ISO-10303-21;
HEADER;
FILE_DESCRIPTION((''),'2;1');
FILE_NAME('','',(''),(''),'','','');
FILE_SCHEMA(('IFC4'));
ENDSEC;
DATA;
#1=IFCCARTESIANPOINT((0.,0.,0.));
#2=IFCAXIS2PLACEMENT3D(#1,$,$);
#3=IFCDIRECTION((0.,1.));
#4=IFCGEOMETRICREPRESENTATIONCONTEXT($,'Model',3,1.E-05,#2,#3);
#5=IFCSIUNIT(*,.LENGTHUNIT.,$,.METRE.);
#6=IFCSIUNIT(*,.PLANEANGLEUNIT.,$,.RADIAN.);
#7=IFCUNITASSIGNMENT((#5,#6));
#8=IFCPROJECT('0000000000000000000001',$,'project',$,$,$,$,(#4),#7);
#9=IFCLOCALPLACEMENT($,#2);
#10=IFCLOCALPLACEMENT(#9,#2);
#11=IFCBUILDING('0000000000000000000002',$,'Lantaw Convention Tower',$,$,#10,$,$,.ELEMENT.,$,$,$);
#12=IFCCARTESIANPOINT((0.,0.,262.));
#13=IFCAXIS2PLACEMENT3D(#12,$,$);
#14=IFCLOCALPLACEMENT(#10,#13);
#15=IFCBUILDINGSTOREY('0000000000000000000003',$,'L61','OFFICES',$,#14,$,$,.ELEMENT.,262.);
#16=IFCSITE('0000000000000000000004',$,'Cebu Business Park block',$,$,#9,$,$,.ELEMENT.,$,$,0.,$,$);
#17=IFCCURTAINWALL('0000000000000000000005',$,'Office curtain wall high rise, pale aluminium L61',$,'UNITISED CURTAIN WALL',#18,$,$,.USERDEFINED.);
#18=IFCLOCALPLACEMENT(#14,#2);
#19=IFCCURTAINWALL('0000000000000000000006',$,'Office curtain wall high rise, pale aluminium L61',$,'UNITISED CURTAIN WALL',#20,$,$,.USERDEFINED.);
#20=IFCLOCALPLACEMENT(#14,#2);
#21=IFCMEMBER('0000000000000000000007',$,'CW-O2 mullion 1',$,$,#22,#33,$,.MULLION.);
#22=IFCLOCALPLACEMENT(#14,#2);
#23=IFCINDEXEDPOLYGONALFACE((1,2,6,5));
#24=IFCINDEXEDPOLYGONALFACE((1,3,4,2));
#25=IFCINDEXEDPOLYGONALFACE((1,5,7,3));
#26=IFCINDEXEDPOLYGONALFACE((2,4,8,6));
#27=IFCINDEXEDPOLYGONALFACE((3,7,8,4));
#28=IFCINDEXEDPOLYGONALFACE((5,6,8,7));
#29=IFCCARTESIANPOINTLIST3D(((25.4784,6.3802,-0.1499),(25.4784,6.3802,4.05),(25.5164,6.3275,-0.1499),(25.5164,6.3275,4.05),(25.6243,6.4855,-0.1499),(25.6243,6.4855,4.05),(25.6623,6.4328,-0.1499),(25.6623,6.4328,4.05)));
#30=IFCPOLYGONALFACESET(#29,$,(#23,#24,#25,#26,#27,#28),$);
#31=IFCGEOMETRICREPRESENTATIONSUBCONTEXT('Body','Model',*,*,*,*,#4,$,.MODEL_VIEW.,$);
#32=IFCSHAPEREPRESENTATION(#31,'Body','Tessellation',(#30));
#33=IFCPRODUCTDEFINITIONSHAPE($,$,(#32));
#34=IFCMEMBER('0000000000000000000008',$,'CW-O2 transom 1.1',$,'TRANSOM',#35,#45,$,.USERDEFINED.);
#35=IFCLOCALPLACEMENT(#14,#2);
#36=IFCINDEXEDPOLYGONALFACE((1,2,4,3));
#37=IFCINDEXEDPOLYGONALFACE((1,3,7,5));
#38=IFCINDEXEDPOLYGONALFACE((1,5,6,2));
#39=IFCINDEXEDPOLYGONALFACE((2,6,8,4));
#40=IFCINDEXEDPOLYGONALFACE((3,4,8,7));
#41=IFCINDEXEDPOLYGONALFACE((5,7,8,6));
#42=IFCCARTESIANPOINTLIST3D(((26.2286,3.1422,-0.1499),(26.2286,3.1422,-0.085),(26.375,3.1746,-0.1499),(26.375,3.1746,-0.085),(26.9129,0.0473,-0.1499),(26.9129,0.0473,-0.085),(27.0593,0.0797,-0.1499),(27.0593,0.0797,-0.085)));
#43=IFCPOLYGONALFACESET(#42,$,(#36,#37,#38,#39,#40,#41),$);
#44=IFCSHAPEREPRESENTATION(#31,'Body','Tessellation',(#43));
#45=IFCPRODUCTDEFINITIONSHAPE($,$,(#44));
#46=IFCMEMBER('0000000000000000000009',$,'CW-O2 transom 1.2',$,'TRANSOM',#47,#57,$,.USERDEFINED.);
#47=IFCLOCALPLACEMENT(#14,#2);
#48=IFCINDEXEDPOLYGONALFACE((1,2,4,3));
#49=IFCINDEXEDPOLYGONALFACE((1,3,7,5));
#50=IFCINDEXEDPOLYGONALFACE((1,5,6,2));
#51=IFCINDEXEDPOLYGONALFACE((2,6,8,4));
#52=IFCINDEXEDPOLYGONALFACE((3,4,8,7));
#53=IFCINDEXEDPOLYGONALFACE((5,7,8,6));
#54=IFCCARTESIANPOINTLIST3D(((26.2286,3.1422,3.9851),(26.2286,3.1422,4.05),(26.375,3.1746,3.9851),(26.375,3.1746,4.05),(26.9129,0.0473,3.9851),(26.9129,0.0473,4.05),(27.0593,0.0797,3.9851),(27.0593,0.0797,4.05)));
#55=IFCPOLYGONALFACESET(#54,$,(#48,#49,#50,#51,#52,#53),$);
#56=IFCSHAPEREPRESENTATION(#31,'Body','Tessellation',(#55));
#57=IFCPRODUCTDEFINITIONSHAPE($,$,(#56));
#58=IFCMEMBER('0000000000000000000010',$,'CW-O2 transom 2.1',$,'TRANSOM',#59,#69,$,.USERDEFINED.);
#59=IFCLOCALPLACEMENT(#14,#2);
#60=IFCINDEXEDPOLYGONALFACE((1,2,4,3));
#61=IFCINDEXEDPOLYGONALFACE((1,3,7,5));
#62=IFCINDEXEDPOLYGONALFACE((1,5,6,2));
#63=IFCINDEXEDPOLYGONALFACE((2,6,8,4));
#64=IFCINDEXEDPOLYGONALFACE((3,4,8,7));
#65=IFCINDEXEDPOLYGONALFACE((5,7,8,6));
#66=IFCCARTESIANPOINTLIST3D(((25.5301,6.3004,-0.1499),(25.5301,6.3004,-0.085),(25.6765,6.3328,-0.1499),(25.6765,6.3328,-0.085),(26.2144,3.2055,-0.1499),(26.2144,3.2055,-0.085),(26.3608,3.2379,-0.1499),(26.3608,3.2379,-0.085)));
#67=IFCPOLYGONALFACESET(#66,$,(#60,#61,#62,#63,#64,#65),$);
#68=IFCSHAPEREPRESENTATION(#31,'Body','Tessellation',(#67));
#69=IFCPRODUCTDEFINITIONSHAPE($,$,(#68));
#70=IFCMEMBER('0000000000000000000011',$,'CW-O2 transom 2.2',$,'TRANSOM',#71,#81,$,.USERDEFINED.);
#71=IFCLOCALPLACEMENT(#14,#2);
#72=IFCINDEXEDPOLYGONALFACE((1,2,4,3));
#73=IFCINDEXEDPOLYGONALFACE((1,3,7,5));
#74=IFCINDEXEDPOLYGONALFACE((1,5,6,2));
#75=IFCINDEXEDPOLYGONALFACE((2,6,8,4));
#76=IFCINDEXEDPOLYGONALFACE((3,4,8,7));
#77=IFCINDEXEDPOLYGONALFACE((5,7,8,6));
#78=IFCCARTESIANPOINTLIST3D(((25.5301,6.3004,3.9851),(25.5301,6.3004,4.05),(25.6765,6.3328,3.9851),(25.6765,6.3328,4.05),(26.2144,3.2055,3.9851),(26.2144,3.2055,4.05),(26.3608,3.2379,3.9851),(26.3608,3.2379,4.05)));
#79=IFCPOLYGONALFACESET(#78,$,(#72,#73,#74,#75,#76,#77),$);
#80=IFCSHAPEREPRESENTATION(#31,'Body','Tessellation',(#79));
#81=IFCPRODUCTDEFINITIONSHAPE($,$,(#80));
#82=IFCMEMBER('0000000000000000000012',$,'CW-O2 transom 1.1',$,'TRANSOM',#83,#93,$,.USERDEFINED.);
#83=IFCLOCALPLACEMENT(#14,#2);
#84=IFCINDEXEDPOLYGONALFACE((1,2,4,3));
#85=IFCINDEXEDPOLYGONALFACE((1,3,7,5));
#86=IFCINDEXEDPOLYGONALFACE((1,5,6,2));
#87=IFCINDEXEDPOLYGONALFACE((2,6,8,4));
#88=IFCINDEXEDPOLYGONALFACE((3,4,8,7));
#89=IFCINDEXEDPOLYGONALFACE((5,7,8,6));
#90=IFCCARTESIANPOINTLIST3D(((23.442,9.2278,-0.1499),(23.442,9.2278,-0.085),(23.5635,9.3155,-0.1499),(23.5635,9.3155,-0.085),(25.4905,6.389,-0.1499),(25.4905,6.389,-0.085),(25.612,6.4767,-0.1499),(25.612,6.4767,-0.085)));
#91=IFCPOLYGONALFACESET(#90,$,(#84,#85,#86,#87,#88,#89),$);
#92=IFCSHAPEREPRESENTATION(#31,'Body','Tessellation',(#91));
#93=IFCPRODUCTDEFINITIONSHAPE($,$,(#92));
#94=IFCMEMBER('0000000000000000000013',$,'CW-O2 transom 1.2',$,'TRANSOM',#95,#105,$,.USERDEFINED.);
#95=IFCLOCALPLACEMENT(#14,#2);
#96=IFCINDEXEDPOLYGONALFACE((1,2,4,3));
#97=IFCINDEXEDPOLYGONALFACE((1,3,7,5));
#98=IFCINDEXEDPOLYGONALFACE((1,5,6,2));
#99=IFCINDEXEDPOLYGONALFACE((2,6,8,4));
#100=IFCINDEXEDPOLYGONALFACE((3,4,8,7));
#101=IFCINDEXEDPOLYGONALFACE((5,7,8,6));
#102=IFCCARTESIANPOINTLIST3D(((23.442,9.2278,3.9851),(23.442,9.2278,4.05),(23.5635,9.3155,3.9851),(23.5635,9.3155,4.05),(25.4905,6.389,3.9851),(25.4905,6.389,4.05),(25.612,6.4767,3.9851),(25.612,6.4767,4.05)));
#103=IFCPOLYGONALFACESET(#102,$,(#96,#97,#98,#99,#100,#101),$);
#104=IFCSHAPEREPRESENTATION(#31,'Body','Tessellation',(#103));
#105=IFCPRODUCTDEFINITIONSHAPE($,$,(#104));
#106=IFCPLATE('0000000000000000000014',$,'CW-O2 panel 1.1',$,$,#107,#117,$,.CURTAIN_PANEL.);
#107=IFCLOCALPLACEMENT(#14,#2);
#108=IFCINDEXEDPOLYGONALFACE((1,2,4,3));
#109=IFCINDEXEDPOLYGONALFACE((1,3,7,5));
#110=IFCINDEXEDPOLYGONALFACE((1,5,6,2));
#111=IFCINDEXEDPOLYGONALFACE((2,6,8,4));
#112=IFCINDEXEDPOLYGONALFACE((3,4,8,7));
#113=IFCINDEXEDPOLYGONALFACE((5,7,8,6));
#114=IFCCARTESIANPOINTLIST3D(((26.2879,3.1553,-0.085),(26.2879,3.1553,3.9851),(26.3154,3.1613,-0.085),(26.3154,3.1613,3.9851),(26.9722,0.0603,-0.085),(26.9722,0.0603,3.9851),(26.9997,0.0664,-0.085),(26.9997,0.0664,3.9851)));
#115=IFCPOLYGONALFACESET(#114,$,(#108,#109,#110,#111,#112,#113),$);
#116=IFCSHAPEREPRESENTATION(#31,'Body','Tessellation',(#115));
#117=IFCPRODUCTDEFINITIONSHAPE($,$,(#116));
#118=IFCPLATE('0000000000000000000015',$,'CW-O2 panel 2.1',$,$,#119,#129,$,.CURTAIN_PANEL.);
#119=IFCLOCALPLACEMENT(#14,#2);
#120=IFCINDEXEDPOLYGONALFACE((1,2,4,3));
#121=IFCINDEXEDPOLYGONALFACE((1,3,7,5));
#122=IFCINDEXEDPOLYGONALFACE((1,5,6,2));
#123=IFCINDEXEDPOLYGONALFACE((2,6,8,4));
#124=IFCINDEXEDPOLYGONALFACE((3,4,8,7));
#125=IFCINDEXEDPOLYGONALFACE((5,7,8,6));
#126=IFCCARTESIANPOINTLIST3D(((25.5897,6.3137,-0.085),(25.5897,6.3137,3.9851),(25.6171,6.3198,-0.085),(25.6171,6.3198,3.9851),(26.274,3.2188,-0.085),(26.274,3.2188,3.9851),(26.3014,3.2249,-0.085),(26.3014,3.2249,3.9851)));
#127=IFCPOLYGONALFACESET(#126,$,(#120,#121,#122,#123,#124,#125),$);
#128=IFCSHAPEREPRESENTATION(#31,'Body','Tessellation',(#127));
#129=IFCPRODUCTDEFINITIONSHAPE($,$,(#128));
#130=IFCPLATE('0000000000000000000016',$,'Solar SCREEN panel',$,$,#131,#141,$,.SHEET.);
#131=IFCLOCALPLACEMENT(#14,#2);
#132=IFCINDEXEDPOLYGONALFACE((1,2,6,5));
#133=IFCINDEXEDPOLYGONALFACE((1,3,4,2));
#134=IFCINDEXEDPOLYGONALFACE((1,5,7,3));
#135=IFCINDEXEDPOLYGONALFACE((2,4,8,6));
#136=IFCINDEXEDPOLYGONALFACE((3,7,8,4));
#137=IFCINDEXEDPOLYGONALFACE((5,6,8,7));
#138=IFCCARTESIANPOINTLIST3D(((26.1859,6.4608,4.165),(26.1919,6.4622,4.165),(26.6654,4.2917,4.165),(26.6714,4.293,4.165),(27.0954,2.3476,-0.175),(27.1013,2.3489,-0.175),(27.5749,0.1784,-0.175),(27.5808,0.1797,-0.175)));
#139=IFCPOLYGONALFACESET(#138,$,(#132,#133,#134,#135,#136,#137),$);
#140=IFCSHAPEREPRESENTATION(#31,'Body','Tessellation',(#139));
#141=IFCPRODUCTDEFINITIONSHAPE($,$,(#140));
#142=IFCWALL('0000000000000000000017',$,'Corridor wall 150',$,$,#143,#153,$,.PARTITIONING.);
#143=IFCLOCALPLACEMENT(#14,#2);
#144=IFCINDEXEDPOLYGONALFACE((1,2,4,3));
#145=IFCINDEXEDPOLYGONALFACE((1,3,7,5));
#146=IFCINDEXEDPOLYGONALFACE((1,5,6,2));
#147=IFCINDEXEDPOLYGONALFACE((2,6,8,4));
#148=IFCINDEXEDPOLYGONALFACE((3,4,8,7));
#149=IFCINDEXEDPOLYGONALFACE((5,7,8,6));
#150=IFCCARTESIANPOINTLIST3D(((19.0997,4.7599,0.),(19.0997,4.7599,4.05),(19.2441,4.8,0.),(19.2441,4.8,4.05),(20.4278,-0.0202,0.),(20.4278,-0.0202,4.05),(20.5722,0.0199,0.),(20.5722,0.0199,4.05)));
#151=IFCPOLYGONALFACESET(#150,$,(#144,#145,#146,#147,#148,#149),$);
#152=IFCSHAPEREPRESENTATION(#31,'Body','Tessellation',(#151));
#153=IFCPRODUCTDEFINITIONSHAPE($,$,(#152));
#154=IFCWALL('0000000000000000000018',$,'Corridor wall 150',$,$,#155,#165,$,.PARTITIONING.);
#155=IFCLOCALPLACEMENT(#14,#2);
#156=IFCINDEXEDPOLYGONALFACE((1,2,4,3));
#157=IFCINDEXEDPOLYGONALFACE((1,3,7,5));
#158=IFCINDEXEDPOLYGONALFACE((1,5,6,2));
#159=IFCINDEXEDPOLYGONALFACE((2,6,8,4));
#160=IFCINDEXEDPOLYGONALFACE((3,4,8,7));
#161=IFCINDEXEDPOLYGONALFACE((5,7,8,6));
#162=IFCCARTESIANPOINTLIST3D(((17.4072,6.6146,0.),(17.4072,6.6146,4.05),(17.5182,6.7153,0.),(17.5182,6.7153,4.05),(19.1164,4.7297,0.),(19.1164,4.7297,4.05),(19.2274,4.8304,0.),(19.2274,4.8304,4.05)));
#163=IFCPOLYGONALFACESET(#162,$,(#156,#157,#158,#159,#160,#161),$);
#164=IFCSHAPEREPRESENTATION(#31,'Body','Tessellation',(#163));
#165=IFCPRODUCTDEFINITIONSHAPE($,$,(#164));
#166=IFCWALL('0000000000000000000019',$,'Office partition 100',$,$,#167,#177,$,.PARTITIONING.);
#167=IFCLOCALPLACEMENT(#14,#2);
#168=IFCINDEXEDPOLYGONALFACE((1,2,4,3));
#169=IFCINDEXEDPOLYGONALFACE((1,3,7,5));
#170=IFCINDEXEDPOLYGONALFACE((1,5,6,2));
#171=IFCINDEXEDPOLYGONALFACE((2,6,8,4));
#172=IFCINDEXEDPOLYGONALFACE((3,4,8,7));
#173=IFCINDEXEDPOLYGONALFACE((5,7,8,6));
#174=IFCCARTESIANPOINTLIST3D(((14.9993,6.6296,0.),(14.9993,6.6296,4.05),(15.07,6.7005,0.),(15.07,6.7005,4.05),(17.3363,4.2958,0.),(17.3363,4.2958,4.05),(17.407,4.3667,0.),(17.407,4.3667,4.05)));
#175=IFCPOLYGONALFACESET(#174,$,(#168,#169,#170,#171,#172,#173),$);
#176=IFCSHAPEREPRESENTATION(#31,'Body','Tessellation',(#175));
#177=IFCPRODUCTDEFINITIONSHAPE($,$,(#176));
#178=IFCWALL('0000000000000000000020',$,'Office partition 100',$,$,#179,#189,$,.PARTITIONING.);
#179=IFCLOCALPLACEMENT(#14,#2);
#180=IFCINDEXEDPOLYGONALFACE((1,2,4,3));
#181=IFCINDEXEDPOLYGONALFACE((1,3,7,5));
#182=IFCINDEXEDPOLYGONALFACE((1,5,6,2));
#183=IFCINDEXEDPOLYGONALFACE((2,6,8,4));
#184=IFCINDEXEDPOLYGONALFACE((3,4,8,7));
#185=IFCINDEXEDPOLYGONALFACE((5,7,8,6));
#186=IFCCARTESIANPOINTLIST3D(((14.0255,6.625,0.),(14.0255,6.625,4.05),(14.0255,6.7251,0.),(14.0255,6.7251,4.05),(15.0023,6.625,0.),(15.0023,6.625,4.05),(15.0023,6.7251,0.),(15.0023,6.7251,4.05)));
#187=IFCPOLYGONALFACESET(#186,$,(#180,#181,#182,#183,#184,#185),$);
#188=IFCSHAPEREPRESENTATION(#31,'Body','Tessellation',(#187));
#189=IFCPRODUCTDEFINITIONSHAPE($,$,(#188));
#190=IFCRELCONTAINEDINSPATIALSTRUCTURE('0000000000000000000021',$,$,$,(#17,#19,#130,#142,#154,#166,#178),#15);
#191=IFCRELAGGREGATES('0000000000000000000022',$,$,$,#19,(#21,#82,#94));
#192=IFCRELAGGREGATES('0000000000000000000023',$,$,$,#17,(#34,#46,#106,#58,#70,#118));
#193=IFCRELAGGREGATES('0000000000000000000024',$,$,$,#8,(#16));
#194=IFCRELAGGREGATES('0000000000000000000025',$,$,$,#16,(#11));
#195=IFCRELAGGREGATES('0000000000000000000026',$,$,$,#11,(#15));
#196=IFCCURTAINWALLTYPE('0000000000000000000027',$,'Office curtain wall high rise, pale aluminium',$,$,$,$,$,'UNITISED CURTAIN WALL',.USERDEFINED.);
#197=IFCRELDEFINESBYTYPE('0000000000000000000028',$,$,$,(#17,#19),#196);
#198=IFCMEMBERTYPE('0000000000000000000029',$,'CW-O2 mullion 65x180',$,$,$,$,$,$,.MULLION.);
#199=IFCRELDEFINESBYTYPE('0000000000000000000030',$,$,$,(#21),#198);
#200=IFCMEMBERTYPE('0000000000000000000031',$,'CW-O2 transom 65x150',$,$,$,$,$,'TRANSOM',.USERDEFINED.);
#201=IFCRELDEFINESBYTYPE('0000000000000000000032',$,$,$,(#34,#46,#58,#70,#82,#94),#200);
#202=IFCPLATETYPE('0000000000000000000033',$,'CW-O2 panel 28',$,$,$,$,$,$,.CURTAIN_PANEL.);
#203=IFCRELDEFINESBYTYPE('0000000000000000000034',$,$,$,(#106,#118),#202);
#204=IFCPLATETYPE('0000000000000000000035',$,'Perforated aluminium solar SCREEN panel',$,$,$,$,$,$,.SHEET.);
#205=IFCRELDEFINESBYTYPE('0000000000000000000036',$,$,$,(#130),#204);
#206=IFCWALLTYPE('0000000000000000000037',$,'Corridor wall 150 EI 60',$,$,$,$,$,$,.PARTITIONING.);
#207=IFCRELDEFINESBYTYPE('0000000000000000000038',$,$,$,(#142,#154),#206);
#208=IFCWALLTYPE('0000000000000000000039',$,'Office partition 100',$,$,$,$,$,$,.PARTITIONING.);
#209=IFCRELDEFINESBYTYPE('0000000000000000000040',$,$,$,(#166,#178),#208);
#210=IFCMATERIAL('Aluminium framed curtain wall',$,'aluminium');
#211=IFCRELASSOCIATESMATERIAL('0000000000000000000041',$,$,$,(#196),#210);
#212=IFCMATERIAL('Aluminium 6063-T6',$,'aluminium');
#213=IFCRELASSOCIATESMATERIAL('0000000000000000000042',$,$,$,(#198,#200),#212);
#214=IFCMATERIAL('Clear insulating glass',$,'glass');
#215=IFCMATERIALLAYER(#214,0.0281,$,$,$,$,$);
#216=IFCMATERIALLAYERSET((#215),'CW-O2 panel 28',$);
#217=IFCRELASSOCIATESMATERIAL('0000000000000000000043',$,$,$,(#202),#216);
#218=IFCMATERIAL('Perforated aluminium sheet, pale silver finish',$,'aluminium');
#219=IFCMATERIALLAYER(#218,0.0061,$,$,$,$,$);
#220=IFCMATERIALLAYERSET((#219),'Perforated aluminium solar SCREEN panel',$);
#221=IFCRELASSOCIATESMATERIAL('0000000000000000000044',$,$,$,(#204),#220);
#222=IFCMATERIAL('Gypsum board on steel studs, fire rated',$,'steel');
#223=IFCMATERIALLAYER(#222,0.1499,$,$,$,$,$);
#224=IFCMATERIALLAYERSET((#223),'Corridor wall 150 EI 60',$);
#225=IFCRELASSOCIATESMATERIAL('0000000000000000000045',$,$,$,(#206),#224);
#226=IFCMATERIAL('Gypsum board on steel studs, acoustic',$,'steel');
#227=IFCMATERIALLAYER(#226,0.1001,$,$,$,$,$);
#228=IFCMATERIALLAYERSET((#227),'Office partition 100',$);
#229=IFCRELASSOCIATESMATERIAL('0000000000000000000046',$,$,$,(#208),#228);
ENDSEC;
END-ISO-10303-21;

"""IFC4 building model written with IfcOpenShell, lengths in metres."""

from ifc_helpers import new_model, si_unit, direction, frame, frame_2d, origin, origin_2d, place, context, subcontext, project, spatial, polyline, rectangle, outline, extrude, material, layer, layer_set, material_profile, profile_set, type_object, element, aggregate, save


model = new_model("IFC4")

# Units and contexts
model_context = context("Model", 3, precision=1e-05, world=origin(), true_north=direction((0.0, 1.0)))
body_context = subcontext(model_context, "Body", "Model", "MODEL_VIEW")
ifc_project = project(units=[si_unit("LENGTHUNIT", "METRE"), si_unit("PLANEANGLEUNIT", "RADIAN")], contexts=[model_context])

# Site, building, storey
site_placement = place(None, origin())
site = spatial("IfcSite", under=ifc_project, at=site_placement, Name="Cebu Business Park block", CompositionType="ELEMENT", RefElevation=0.0)
building_placement = place(site_placement, origin())
building = spatial("IfcBuilding", under=site, at=building_placement, Name="Lantaw Convention Tower", CompositionType="ELEMENT")
storey_placement = place(building_placement, frame((0.0, 0.0, 262.0)))
storey = spatial("IfcBuildingStorey", under=building, at=storey_placement, Name="L61", Description="OFFICES", CompositionType="ELEMENT", Elevation=262.0)

# Curtain wall
ifc_material_1 = material(Name="Aluminium framed curtain wall", Category="aluminium")
curtain_wall_type = type_object("IfcCurtainWallType", Name="Office curtain wall high rise, pale aluminium", ElementType="UNITISED CURTAIN WALL", PredefinedType="USERDEFINED", material=ifc_material_1)
curtain_wall_1_placement = place(storey_placement, origin())
curtain_wall_1 = element("IfcCurtainWall", 1, at=curtain_wall_1_placement, inside=storey, type_object=curtain_wall_type, Name="Office curtain wall high rise, pale aluminium L61", ObjectType="UNITISED CURTAIN WALL", PredefinedType="USERDEFINED")
ifc_material_2 = material(Name="Aluminium 6063-T6", Category="aluminium")
ifc_material_profile_1 = material_profile(ifc_material_2, rectangle(XDim=0.1799, YDim=0.0649, at=origin_2d()), Name="CW-O2 mullion 65x180")
ifc_profile_set_1 = profile_set([ifc_material_profile_1], Name="Aluminium 6063-T6")
member_type_1 = type_object("IfcMemberType", Name="CW-O2 mullion 65x180", PredefinedType="MULLION", material=ifc_profile_set_1)

# Curtain wall, member
curtain_wall_2_placement = place(storey_placement, origin())
curtain_wall_2 = element("IfcCurtainWall", 2, at=curtain_wall_2_placement, inside=storey, type_object=curtain_wall_type, Name="Office curtain wall high rise, pale aluminium L61", ObjectType="UNITISED CURTAIN WALL", PredefinedType="USERDEFINED")
member_1_placement = place(storey_placement, frame((25.5703, 6.4065, -0.1499), z_axis=(0.0, 0.0, 1.0), x_axis=(-0.81092, -0.585158, 0.0)))
member_1 = element("IfcMember", 3, at=member_1_placement, type_object=member_type_1, Name="CW-O2 mullion 1", PredefinedType="MULLION", context=body_context, shape_type="SweptSolid", body=[
    extrude(rectangle(XDim=0.1799, YDim=0.0649, at=origin_2d()), origin(), (0.0, 0.0, 1.0), 4.2),
])

# Members
ifc_material_profile_2 = material_profile(ifc_material_2, rectangle(XDim=0.1499, YDim=0.0649, at=origin_2d()), Name="CW-O2 transom 65x150")
ifc_profile_set_2 = profile_set([ifc_material_profile_2], Name="Aluminium 6063-T6")
member_type_2 = type_object("IfcMemberType", Name="CW-O2 transom 65x150", ElementType="TRANSOM", PredefinedType="USERDEFINED", material=ifc_profile_set_2)
member_2_placement = place(storey_placement, frame((26.9861, 0.0635, -0.1174), z_axis=(-0.215895, 0.976417, 0.0), x_axis=(-0.976417, -0.215895, 0.0)))
member_2 = element("IfcMember", 4, at=member_2_placement, type_object=member_type_2, Name="CW-O2 transom 1.1", ObjectType="TRANSOM", PredefinedType="USERDEFINED", context=body_context, shape_type="SweptSolid", body=[
    extrude(rectangle(XDim=0.1499, YDim=0.0649, at=origin_2d()), origin(), (0.0, 0.0, 1.0), 3.1697),
])
member_3_placement = place(storey_placement, frame((26.9861, 0.0635, 4.0176), z_axis=(-0.215895, 0.976417, 0.0), x_axis=(-0.976417, -0.215895, 0.0)))
member_3 = element("IfcMember", 5, at=member_3_placement, type_object=member_type_2, Name="CW-O2 transom 1.2", ObjectType="TRANSOM", PredefinedType="USERDEFINED", context=body_context, shape_type="SweptSolid", body=[
    extrude(rectangle(XDim=0.1499, YDim=0.0649, at=origin_2d()), origin(), (0.0, 0.0, 1.0), 3.1697),
])
member_4_placement = place(storey_placement, frame((26.2876, 3.2217, -0.1174), z_axis=(-0.215895, 0.976417, 0.0), x_axis=(-0.976417, -0.215895, 0.0)))
member_4 = element("IfcMember", 6, at=member_4_placement, type_object=member_type_2, Name="CW-O2 transom 2.1", ObjectType="TRANSOM", PredefinedType="USERDEFINED", context=body_context, shape_type="SweptSolid", body=[
    extrude(rectangle(XDim=0.1499, YDim=0.0649, at=origin_2d()), origin(), (0.0, 0.0, 1.0), 3.1697),
])
member_5_placement = place(storey_placement, frame((26.2876, 3.2217, 4.0176), z_axis=(-0.215895, 0.976417, 0.0), x_axis=(-0.976417, -0.215895, 0.0)))
member_5 = element("IfcMember", 7, at=member_5_placement, type_object=member_type_2, Name="CW-O2 transom 2.2", ObjectType="TRANSOM", PredefinedType="USERDEFINED", context=body_context, shape_type="SweptSolid", body=[
    extrude(rectangle(XDim=0.1499, YDim=0.0649, at=origin_2d()), origin(), (0.0, 0.0, 1.0), 3.1697),
])
member_6_placement = place(storey_placement, frame((25.5513, 6.4329, -0.1174), z_axis=(-0.58517, 0.810911, 0.0), x_axis=(-0.810911, -0.58517, 0.0)))
member_6 = element("IfcMember", 8, at=member_6_placement, type_object=member_type_2, Name="CW-O2 transom 1.1", ObjectType="TRANSOM", PredefinedType="USERDEFINED", context=body_context, shape_type="SweptSolid", body=[
    extrude(rectangle(XDim=0.1499, YDim=0.0649, at=origin_2d()), origin(), (0.0, 0.0, 1.0), 3.5007),
])
member_7_placement = place(storey_placement, frame((25.5513, 6.4329, 4.0176), z_axis=(-0.58517, 0.810911, 0.0), x_axis=(-0.810911, -0.58517, 0.0)))
member_7 = element("IfcMember", 9, at=member_7_placement, type_object=member_type_2, Name="CW-O2 transom 1.2", ObjectType="TRANSOM", PredefinedType="USERDEFINED", context=body_context, shape_type="SweptSolid", body=[
    extrude(rectangle(XDim=0.1499, YDim=0.0649, at=origin_2d()), origin(), (0.0, 0.0, 1.0), 3.5007),
])
aggregate(curtain_wall_2, [member_1, member_6, member_7])

# Plates
ifc_material_3 = material(Name="Clear insulating glass", Category="glass")
ifc_layer_1 = layer(ifc_material_3, 0.0281)
ifc_layer_set_1 = layer_set([ifc_layer_1], Name="CW-O2 panel 28")
plate_type_1 = type_object("IfcPlateType", Name="CW-O2 panel 28", PredefinedType="CURTAIN_PANEL", material=ifc_layer_set_1)
plate_1_placement = place(storey_placement, frame((26.6438, 1.6108, -0.085), z_axis=(0.0, 0.0, 1.0), x_axis=(-0.215891, 0.976417, 0.0)))
plate_1 = element("IfcPlate", 10, at=plate_1_placement, type_object=plate_type_1, Name="CW-O2 panel 1.1", PredefinedType="CURTAIN_PANEL", context=body_context, shape_type="SweptSolid", body=[
    extrude(rectangle(XDim=3.1697, YDim=0.0281, at=origin_2d()), origin(), (0.0, 0.0, 1.0), 4.0701),
])
plate_2_placement = place(storey_placement, frame((25.9456, 4.7693, -0.085), z_axis=(0.0, 0.0, 1.0), x_axis=(-0.215891, 0.976417, 0.0)))
plate_2 = element("IfcPlate", 11, at=plate_2_placement, type_object=plate_type_1, Name="CW-O2 panel 2.1", PredefinedType="CURTAIN_PANEL", context=body_context, shape_type="SweptSolid", body=[
    extrude(rectangle(XDim=3.1697, YDim=0.0281, at=origin_2d()), origin(), (0.0, 0.0, 1.0), 4.0701),
])
aggregate(curtain_wall_1, [member_2, member_3, plate_1, member_4, member_5, plate_2])
ifc_material_4 = material(Name="Perforated aluminium sheet, pale silver finish", Category="aluminium")
ifc_layer_2 = layer(ifc_material_4, 0.0061)
ifc_layer_set_2 = layer_set([ifc_layer_2], Name="Perforated aluminium solar SCREEN panel")
plate_type_2 = type_object("IfcPlateType", Name="Perforated aluminium solar SCREEN panel", PredefinedType="SHEET", material=ifc_layer_set_2)
plate_3_placement = place(storey_placement, frame((27.5808, 0.1797, -0.175), z_axis=(0.97643, 0.215837, 0.000044), x_axis=(-0.215837, 0.97643, 0.0)))
element("IfcPlate", 12, at=plate_3_placement, inside=storey, type_object=plate_type_2, Name="Solar SCREEN panel", PredefinedType="SHEET", context=body_context, shape_type="SweptSolid", body=[
    extrude(outline(polyline([(0.0, 0.0), (2.2216, 0.0), (6.4342, 4.3401), (4.2126, 4.3401), (0.0, 0.0)])), origin(), (0.0, 0.0, -1.0), 0.0061),
])

# Walls
ifc_material_5 = material(Name="Gypsum board on steel studs, fire rated", Category="steel")
ifc_layer_3 = layer(ifc_material_5, 0.1499)
ifc_layer_set_3 = layer_set([ifc_layer_3], Name="Corridor wall 150 EI 60")
wall_type_1 = type_object("IfcWallType", Name="Corridor wall 150 EI 60", PredefinedType="PARTITIONING", material=ifc_layer_set_3)
wall_1_placement = place(storey_placement, frame((20.5, 0.0, 0.0), z_axis=(0.0, 0.0, 1.0), x_axis=(-0.267707, 0.9635, 0.0)))
element("IfcWall", 13, at=wall_1_placement, inside=storey, type_object=wall_type_1, Name="Corridor wall 150", PredefinedType="PARTITIONING", context=body_context, shape_type="SweptSolid", body=[
    extrude(rectangle(XDim=4.9612, YDim=0.1499, at=frame_2d((2.4805, 0.0))), origin(), (0.0, 0.0, 1.0), 4.05),
])
wall_2_placement = place(storey_placement, frame((19.1719, 4.78, 0.0), z_axis=(0.0, 0.0, 1.0), x_axis=(-0.671722, 0.740803, 0.0)))
element("IfcWall", 14, at=wall_2_placement, inside=storey, type_object=wall_type_1, Name="Corridor wall 150", PredefinedType="PARTITIONING", context=body_context, shape_type="SweptSolid", body=[
    extrude(rectangle(XDim=2.5444, YDim=0.1499, at=frame_2d((1.2722, 0.0))), origin(), (0.0, 0.0, 1.0), 4.05),
])
ifc_material_6 = material(Name="Gypsum board on steel studs, acoustic", Category="steel")
ifc_layer_4 = layer(ifc_material_6, 0.1001)
ifc_layer_set_4 = layer_set([ifc_layer_4], Name="Office partition 100")
wall_type_2 = type_object("IfcWallType", Name="Office partition 100", PredefinedType="PARTITIONING", material=ifc_layer_set_4)
wall_3_placement = place(storey_placement, frame((15.0347, 6.665, 0.0), z_axis=(0.0, 0.0, 1.0), x_axis=(0.707587, -0.706626, 0.0)))
element("IfcWall", 15, at=wall_3_placement, inside=storey, type_object=wall_type_2, Name="Office partition 100", PredefinedType="PARTITIONING", context=body_context, shape_type="SweptSolid", body=[
    extrude(rectangle(XDim=3.3027, YDim=0.1001, at=frame_2d((1.6514, 0.0))), origin(), (0.0, 0.0, 1.0), 4.05),
])
wall_4_placement = place(storey_placement, frame((15.0022, 6.675, 0.0), z_axis=(0.0, 0.0, 1.0), x_axis=(-1.0, 0.0, 0.0)))
element("IfcWall", 16, at=wall_4_placement, inside=storey, type_object=wall_type_2, Name="Office partition 100", PredefinedType="PARTITIONING", context=body_context, shape_type="SweptSolid", body=[
    extrude(rectangle(XDim=0.9768, YDim=0.1001, at=frame_2d((0.4883, 0.0))), origin(), (0.0, 0.0, 1.0), 4.05),
])

save(model, "model.ifc")
